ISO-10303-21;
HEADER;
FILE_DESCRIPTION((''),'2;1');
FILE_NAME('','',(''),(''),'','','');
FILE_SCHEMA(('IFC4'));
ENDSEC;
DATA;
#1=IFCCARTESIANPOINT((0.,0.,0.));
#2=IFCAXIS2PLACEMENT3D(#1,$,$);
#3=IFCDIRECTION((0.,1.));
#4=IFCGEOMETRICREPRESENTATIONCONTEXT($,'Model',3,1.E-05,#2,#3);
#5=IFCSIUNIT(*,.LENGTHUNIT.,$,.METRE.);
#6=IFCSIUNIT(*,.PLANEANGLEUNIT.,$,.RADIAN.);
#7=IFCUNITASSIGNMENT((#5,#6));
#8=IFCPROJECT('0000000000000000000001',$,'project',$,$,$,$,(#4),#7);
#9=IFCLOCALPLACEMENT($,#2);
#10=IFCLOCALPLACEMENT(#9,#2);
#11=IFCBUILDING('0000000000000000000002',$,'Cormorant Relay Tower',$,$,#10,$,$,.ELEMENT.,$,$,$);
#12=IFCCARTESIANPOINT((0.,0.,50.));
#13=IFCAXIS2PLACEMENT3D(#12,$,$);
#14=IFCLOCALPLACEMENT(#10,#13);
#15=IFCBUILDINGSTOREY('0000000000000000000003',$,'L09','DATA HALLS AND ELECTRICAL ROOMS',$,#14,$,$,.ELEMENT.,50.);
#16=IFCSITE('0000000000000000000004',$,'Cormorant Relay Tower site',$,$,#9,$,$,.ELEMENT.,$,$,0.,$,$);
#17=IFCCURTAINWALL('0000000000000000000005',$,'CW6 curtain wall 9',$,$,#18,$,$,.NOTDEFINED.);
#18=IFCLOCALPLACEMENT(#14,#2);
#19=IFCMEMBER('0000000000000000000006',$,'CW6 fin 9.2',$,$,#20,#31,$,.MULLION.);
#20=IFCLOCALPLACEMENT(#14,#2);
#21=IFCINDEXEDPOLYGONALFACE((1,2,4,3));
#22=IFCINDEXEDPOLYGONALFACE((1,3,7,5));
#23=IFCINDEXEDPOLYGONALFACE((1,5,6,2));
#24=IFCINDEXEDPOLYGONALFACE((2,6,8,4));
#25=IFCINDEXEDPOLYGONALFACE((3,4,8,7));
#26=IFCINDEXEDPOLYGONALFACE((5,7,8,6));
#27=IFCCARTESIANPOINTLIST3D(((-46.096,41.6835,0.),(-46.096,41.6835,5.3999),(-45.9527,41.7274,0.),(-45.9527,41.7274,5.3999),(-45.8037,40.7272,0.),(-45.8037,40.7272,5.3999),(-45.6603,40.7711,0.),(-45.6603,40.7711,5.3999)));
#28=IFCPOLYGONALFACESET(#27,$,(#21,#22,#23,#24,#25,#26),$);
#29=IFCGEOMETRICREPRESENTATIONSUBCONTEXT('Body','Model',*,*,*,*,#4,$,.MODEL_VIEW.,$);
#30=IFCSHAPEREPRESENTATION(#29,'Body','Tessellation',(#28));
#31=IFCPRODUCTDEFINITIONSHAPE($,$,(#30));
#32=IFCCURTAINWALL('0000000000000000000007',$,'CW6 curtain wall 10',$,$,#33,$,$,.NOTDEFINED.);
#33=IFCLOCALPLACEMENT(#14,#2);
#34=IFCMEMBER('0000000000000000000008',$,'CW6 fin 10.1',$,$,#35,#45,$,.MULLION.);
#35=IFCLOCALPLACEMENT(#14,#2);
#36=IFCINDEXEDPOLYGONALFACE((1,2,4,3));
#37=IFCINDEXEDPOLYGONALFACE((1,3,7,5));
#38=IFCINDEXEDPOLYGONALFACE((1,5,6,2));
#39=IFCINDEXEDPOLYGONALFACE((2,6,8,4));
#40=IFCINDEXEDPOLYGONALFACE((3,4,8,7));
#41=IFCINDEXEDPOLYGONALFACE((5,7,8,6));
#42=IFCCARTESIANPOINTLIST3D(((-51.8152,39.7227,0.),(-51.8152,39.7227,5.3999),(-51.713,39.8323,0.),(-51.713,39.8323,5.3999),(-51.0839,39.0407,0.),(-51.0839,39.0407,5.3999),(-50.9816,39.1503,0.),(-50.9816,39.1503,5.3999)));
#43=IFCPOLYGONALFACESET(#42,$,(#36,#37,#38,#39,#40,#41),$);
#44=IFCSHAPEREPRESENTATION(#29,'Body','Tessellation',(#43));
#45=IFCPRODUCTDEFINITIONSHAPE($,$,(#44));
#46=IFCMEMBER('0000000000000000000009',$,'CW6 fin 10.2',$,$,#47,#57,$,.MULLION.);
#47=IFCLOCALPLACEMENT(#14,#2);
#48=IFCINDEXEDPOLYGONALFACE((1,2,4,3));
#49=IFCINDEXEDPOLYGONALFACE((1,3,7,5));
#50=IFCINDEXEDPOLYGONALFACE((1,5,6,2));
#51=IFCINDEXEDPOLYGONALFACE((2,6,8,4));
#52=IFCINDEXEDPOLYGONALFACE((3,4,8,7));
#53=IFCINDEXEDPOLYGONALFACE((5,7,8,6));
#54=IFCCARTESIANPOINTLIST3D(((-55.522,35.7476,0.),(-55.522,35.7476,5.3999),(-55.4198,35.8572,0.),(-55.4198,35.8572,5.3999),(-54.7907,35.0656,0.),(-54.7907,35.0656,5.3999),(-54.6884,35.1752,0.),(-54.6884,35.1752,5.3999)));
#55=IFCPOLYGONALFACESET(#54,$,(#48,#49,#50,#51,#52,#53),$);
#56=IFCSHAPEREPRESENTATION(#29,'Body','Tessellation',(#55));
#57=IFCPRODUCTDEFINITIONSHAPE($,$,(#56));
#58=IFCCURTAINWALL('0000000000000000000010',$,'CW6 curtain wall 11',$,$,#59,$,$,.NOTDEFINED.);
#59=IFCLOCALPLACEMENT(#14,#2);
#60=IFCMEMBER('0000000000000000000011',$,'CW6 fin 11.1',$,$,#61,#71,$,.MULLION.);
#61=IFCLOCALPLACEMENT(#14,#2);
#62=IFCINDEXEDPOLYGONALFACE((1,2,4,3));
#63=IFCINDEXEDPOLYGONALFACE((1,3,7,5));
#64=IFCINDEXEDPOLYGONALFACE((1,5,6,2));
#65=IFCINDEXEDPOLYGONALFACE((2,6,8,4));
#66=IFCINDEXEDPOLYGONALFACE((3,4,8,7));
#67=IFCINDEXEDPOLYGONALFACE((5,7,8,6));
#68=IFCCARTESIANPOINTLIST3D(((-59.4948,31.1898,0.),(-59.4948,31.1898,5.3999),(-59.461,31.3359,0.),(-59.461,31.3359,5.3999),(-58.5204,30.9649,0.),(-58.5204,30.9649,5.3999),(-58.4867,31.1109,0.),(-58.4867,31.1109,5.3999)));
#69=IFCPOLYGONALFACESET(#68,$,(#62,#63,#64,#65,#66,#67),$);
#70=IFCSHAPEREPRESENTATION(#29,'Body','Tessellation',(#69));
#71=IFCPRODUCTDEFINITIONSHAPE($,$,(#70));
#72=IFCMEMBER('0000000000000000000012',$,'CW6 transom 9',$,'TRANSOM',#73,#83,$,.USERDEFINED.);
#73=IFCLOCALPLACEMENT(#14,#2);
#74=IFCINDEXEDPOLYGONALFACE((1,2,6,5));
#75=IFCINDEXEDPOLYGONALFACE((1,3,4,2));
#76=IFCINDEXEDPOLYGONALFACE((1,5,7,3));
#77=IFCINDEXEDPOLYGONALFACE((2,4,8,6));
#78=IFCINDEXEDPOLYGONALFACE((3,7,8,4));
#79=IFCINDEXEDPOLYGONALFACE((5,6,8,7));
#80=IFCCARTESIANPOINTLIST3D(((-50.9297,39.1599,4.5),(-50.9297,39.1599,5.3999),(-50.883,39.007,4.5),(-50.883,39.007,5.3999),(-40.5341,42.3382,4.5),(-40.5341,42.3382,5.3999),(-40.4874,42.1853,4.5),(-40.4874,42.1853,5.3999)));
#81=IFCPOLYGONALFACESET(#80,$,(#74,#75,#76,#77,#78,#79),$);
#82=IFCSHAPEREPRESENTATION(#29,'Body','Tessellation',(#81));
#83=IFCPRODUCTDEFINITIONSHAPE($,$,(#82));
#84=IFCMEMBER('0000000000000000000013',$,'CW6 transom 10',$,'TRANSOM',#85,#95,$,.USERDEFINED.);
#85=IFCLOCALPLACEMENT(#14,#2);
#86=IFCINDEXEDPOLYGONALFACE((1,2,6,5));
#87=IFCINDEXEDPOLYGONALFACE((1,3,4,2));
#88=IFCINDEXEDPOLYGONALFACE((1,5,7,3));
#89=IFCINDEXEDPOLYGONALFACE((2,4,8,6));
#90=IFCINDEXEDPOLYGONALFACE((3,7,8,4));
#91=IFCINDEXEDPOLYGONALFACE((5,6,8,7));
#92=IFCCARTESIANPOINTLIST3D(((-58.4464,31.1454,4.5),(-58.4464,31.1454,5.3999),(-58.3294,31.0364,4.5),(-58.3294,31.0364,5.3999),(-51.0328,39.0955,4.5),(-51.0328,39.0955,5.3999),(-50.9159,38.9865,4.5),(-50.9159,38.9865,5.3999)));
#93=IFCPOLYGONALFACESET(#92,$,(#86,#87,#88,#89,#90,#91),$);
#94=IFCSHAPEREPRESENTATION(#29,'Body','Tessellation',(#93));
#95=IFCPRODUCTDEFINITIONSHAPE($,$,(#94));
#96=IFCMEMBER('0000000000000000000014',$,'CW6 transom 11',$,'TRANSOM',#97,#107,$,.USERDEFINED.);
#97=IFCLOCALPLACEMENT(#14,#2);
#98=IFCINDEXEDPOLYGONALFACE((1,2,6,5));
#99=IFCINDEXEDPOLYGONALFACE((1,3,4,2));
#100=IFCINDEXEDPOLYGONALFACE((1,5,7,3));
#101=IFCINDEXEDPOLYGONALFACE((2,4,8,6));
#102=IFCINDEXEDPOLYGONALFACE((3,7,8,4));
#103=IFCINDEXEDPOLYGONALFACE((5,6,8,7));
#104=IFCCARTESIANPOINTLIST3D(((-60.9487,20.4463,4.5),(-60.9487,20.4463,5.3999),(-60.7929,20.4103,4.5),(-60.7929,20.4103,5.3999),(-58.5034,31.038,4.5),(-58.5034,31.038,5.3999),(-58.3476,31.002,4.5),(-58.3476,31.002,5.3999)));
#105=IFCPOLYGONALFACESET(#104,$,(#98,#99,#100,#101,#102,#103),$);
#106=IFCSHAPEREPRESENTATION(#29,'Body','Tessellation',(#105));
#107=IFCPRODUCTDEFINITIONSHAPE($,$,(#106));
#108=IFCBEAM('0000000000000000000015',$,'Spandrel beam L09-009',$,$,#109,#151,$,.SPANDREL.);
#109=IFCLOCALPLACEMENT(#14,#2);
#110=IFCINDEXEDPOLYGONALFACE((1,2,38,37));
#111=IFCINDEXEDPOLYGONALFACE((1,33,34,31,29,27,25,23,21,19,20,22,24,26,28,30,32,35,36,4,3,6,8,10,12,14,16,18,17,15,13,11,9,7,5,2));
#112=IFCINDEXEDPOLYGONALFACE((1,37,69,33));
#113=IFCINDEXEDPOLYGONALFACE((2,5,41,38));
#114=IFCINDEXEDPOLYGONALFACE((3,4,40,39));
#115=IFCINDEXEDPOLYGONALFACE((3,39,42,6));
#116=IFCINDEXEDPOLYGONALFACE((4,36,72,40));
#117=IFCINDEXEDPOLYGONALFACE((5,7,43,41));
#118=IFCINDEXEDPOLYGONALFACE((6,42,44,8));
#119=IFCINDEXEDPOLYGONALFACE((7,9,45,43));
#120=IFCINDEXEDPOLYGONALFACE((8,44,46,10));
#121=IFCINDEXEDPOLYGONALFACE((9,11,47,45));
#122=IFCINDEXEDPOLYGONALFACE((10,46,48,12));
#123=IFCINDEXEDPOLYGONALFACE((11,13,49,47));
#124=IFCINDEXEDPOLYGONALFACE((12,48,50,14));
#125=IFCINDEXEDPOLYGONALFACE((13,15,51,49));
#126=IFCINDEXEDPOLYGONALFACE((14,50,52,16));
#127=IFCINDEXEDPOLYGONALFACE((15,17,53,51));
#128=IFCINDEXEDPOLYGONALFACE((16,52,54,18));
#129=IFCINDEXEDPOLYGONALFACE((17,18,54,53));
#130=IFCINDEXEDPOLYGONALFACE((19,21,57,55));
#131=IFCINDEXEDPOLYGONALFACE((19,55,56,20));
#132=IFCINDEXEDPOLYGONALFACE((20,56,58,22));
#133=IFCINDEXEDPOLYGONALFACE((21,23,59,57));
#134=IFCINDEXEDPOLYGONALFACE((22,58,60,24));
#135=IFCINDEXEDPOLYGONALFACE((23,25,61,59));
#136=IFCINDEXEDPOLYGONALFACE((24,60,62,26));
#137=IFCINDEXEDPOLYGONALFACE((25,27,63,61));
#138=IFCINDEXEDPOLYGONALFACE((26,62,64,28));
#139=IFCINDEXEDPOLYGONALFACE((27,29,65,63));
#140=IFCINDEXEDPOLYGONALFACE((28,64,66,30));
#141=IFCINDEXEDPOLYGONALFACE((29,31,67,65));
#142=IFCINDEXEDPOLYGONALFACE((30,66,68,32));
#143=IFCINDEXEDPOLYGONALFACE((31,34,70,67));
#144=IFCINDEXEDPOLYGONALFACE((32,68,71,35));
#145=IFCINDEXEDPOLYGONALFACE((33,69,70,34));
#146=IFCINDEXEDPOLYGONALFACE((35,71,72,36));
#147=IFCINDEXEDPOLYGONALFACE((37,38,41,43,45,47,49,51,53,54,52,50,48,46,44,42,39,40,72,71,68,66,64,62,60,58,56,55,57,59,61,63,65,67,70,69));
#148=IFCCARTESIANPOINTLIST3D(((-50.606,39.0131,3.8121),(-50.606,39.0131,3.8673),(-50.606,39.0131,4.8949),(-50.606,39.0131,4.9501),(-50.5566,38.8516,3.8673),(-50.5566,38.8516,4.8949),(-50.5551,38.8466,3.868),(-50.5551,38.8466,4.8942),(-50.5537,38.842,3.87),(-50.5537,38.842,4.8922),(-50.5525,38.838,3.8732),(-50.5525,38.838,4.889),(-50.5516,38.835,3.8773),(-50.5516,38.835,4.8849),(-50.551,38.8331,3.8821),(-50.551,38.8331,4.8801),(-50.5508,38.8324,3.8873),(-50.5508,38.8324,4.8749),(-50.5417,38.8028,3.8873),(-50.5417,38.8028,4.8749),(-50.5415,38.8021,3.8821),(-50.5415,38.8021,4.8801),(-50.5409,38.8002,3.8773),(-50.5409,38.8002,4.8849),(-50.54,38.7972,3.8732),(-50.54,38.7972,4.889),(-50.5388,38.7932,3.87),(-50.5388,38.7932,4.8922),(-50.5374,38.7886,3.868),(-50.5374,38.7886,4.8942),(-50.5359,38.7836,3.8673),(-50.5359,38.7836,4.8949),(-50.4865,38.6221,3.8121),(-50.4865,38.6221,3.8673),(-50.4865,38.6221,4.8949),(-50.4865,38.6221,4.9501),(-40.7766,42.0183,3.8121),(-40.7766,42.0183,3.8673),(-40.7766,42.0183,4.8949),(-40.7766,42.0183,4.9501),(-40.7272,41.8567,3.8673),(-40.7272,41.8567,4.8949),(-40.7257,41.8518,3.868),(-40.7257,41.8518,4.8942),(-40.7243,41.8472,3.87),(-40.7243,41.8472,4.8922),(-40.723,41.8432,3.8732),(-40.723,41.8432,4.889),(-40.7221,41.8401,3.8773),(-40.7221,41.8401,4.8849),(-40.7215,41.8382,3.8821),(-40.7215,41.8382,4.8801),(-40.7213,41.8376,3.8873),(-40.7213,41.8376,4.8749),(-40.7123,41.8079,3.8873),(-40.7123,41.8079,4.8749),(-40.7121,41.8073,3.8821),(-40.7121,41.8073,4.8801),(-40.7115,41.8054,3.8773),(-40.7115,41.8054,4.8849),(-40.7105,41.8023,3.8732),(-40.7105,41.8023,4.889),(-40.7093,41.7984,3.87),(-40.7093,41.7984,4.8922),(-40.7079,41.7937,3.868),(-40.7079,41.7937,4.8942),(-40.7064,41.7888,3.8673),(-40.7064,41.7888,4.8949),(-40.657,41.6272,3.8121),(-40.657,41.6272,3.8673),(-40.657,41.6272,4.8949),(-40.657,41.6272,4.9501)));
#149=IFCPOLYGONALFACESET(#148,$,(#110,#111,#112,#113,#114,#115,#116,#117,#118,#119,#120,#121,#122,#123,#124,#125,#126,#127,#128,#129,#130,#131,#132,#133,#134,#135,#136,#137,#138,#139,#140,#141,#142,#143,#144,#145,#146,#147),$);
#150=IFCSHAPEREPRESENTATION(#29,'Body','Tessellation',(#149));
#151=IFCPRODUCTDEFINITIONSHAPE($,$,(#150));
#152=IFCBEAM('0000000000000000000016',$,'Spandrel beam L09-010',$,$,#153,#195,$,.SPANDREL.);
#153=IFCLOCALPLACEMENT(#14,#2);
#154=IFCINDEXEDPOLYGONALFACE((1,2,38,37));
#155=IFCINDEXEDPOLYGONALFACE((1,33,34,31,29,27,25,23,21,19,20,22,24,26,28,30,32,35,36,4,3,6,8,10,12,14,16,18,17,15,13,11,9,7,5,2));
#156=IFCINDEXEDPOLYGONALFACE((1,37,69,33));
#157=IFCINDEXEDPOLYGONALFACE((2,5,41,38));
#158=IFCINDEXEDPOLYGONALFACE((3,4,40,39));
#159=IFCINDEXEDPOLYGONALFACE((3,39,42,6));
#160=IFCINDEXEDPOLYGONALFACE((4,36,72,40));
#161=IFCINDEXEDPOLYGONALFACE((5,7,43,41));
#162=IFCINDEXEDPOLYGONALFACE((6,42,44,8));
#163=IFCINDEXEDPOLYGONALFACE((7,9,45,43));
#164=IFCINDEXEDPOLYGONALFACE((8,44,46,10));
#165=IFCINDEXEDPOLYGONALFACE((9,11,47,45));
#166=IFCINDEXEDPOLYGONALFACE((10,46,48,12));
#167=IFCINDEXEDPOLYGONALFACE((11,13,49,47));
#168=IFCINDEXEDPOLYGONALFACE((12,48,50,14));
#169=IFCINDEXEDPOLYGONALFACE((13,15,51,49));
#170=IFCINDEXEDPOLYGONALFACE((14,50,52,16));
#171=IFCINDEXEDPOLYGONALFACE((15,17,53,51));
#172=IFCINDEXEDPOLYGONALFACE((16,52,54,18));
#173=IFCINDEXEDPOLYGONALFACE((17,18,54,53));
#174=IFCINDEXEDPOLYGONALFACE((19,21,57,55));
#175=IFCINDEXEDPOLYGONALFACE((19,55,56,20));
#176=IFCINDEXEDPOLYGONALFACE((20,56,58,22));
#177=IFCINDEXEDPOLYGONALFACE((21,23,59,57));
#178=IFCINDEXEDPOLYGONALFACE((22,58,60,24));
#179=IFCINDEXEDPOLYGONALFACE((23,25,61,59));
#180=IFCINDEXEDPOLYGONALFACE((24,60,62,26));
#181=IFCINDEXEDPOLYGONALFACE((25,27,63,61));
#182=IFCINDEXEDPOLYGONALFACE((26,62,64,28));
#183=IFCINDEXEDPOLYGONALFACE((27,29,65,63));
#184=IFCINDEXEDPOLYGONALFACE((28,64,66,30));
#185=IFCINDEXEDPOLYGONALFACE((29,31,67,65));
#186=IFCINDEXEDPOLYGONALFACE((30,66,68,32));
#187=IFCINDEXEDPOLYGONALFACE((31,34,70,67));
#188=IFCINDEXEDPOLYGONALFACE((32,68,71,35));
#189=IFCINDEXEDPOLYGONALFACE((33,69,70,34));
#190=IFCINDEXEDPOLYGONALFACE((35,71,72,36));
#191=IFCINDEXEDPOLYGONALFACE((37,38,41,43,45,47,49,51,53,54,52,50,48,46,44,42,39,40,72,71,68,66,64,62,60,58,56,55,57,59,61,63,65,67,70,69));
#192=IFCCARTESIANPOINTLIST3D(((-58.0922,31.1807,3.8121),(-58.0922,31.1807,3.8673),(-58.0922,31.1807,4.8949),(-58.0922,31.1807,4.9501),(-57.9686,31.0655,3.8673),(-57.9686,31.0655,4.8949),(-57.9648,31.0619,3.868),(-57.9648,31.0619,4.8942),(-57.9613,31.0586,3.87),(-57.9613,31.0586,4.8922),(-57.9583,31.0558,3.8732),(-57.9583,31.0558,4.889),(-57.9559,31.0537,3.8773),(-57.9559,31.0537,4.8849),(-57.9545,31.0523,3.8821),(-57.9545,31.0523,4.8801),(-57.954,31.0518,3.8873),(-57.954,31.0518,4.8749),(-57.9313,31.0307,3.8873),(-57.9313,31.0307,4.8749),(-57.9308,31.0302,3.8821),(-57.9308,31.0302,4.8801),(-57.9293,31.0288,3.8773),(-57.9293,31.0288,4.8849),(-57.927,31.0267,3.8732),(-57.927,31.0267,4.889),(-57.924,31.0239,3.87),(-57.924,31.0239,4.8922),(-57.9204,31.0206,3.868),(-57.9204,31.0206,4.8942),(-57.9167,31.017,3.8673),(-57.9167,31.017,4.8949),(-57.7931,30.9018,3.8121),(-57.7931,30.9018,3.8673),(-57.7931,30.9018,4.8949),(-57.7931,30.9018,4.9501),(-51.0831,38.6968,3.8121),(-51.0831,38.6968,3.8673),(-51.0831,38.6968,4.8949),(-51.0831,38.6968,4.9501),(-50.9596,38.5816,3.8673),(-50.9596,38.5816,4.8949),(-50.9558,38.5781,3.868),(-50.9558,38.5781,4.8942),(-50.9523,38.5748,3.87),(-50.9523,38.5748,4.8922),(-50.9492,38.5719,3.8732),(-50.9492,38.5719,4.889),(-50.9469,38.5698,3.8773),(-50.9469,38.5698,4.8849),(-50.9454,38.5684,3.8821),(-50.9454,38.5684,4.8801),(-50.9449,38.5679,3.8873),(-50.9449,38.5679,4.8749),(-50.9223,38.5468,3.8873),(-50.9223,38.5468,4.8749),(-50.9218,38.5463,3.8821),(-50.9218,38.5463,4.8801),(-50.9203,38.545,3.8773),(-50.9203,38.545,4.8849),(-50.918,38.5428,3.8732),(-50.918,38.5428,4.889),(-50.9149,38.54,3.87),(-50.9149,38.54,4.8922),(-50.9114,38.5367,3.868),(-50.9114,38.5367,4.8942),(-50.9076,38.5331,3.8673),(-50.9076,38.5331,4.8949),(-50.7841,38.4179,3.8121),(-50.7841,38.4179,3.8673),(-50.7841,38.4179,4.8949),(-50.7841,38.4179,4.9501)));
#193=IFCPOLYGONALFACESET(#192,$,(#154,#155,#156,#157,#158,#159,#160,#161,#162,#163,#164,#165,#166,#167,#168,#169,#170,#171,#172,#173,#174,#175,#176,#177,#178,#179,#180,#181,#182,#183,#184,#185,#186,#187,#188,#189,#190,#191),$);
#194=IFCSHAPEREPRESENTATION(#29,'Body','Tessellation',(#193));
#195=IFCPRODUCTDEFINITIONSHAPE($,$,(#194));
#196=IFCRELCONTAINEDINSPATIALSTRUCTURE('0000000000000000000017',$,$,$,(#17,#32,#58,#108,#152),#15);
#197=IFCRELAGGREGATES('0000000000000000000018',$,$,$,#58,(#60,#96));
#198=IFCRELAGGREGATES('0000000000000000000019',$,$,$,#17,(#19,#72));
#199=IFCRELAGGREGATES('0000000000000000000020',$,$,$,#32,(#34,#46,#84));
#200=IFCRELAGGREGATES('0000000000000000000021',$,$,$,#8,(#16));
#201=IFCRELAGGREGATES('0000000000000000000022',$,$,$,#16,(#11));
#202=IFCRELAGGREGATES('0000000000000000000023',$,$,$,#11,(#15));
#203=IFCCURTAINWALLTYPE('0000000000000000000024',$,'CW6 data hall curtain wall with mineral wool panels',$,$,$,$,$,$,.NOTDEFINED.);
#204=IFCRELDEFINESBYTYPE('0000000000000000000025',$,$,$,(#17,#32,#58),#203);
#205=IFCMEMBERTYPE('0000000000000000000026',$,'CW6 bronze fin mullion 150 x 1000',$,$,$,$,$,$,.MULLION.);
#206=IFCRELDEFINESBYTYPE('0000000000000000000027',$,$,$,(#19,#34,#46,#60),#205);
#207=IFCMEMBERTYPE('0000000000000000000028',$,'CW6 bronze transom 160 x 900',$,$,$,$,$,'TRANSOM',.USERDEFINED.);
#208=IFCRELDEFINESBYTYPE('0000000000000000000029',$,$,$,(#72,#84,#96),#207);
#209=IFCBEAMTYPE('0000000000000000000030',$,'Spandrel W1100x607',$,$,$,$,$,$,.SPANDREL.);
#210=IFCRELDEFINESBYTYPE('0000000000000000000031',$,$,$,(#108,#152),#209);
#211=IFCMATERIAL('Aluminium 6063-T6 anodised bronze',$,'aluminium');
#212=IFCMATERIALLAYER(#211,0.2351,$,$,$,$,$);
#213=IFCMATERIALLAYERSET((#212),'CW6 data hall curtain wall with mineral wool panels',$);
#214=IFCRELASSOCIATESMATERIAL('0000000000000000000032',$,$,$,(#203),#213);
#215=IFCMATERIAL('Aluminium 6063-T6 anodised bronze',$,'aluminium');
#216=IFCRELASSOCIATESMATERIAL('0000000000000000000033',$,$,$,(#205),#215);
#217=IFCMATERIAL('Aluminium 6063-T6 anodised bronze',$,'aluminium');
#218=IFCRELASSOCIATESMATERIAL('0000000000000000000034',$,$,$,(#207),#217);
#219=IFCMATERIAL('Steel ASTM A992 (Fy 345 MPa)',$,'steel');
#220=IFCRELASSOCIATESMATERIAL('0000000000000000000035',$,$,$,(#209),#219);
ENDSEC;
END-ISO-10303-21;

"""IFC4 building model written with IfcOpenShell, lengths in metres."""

from ifc_helpers import new_model, si_unit, direction, frame, origin, origin_2d, place, context, subcontext, project, spatial, rectangle, i_section, extrude, material, layer, layer_set, material_profile, profile_set, type_object, element, aggregate, save


model = new_model("IFC4")

# Units and contexts
model_context = context("Model", 3, precision=1e-05, world=origin(), true_north=direction((0.0, 1.0)))
body_context = subcontext(model_context, "Body", "Model", "MODEL_VIEW")
ifc_project = project(units=[si_unit("LENGTHUNIT", "METRE"), si_unit("PLANEANGLEUNIT", "RADIAN")], contexts=[model_context])

# Site, building, storey
site_placement = place(None, origin())
site = spatial("IfcSite", under=ifc_project, at=site_placement, Name="Cormorant Relay Tower site", CompositionType="ELEMENT", RefElevation=0.0)
building_placement = place(site_placement, origin())
building = spatial("IfcBuilding", under=site, at=building_placement, Name="Cormorant Relay Tower", CompositionType="ELEMENT")
storey_placement = place(building_placement, frame((0.0, 0.0, 50.0)))
storey = spatial("IfcBuildingStorey", under=building, at=storey_placement, Name="L09", Description="DATA HALLS AND ELECTRICAL ROOMS", CompositionType="ELEMENT", Elevation=50.0)

# Curtain walls, members
ifc_material_1 = material(Name="Aluminium 6063-T6 anodised bronze", Category="aluminium")
ifc_layer_1 = layer(ifc_material_1, 0.2351)
ifc_layer_set_1 = layer_set([ifc_layer_1], Name="CW6 data hall curtain wall with mineral wool panels")
curtain_wall_type = type_object("IfcCurtainWallType", Name="CW6 data hall curtain wall with mineral wool panels", PredefinedType="NOTDEFINED", material=ifc_layer_set_1)
curtain_wall_1_placement = place(storey_placement, origin())
curtain_wall_1 = element("IfcCurtainWall", 1, at=curtain_wall_1_placement, inside=storey, type_object=curtain_wall_type, Name="CW6 curtain wall 9", PredefinedType="NOTDEFINED")
ifc_material_2 = material(Name="Aluminium 6063-T6 anodised bronze", Category="aluminium")
ifc_material_profile_1 = material_profile(ifc_material_2, rectangle(XDim=0.1499, YDim=1.0, at=origin_2d()), Name="AL 150x1000")
ifc_profile_set_1 = profile_set([ifc_material_profile_1], Name="Aluminium 6063-T6 anodised bronze")
member_type_1 = type_object("IfcMemberType", Name="CW6 bronze fin mullion 150 x 1000", PredefinedType="MULLION", material=ifc_profile_set_1)
member_1_placement = place(storey_placement, frame((-45.8782, 41.2273, 0.0), z_axis=(0.0, 0.0, 1.0), x_axis=(-0.956305, -0.292372, 0.0)))
member_1 = element("IfcMember", 2, at=member_1_placement, type_object=member_type_1, Name="CW6 fin 9.2", PredefinedType="MULLION", context=body_context, shape_type="SweptSolid", body=[
    extrude(rectangle(XDim=0.1499, YDim=1.0, at=origin_2d()), origin(), (0.0, 0.0, 1.0), 5.3999),
])
curtain_wall_2_placement = place(storey_placement, origin())
curtain_wall_2 = element("IfcCurtainWall", 3, at=curtain_wall_2_placement, inside=storey, type_object=curtain_wall_type, Name="CW6 curtain wall 10", PredefinedType="NOTDEFINED")
member_2_placement = place(storey_placement, frame((-51.3984, 39.4365, 0.0), z_axis=(0.0, 0.0, 1.0), x_axis=(-0.681998, -0.731354, 0.0)))
member_2 = element("IfcMember", 4, at=member_2_placement, type_object=member_type_1, Name="CW6 fin 10.1", PredefinedType="MULLION", context=body_context, shape_type="SweptSolid", body=[
    extrude(rectangle(XDim=0.1499, YDim=1.0, at=origin_2d()), origin(), (0.0, 0.0, 1.0), 5.3999),
])
member_3_placement = place(storey_placement, frame((-55.1052, 35.4614, 0.0), z_axis=(0.0, 0.0, 1.0), x_axis=(-0.681998, -0.731354, 0.0)))
member_3 = element("IfcMember", 5, at=member_3_placement, type_object=member_type_1, Name="CW6 fin 10.2", PredefinedType="MULLION", context=body_context, shape_type="SweptSolid", body=[
    extrude(rectangle(XDim=0.1499, YDim=1.0, at=origin_2d()), origin(), (0.0, 0.0, 1.0), 5.3999),
])

# Curtain wall, member
curtain_wall_3_placement = place(storey_placement, origin())
curtain_wall_3 = element("IfcCurtainWall", 6, at=curtain_wall_3_placement, inside=storey, type_object=curtain_wall_type, Name="CW6 curtain wall 11", PredefinedType="NOTDEFINED")
member_4_placement = place(storey_placement, frame((-58.9907, 31.1504, 0.0), z_axis=(0.0, 0.0, 1.0), x_axis=(-0.224951, -0.97437, 0.0)))
member_4 = element("IfcMember", 7, at=member_4_placement, type_object=member_type_1, Name="CW6 fin 11.1", PredefinedType="MULLION", context=body_context, shape_type="SweptSolid", body=[
    extrude(rectangle(XDim=0.1499, YDim=1.0, at=origin_2d()), origin(), (0.0, 0.0, 1.0), 5.3999),
])

# Members
ifc_material_3 = material(Name="Aluminium 6063-T6 anodised bronze", Category="aluminium")
ifc_material_profile_2 = material_profile(ifc_material_3, rectangle(XDim=0.1599, YDim=0.8999, at=origin_2d()), Name="AL 160x900")
ifc_profile_set_2 = profile_set([ifc_material_profile_2], Name="Aluminium 6063-T6 anodised bronze")
member_type_2 = type_object("IfcMemberType", Name="CW6 bronze transom 160 x 900", ElementType="TRANSOM", PredefinedType="USERDEFINED", material=ifc_profile_set_2)
member_5_placement = place(storey_placement, frame((-40.5107, 42.2617, 4.95), z_axis=(-0.956305, -0.292371, 0.0), x_axis=(0.292371, -0.956305, 0.0)))
member_5 = element("IfcMember", 8, at=member_5_placement, type_object=member_type_2, Name="CW6 transom 9", ObjectType="TRANSOM", PredefinedType="USERDEFINED", context=body_context, shape_type="SweptSolid", body=[
    extrude(rectangle(XDim=0.1599, YDim=0.8999, at=origin_2d()), origin(), (0.0, 0.0, 1.0), 10.8706),
])
member_6_placement = place(storey_placement, frame((-50.9744, 39.041, 4.95), z_axis=(-0.681993, -0.731358, 0.0), x_axis=(0.731358, -0.681993, 0.0)))
member_6 = element("IfcMember", 9, at=member_6_placement, type_object=member_type_2, Name="CW6 transom 10", ObjectType="TRANSOM", PredefinedType="USERDEFINED", context=body_context, shape_type="SweptSolid", body=[
    extrude(rectangle(XDim=0.1599, YDim=0.8999, at=origin_2d()), origin(), (0.0, 0.0, 1.0), 10.8704),
])
member_7_placement = place(storey_placement, frame((-58.4255, 31.02, 4.95), z_axis=(-0.224951, -0.97437, 0.0), x_axis=(0.97437, -0.224951, 0.0)))
member_7 = element("IfcMember", 10, at=member_7_placement, type_object=member_type_2, Name="CW6 transom 11", ObjectType="TRANSOM", PredefinedType="USERDEFINED", context=body_context, shape_type="SweptSolid", body=[
    extrude(rectangle(XDim=0.1599, YDim=0.8999, at=origin_2d()), origin(), (0.0, 0.0, 1.0), 10.8704),
])
aggregate(curtain_wall_3, [member_4, member_7])

# Beams
ifc_material_4 = material(Name="Steel ASTM A992 (Fy 345 MPa)", Category="steel")
ifc_material_profile_3 = material_profile(ifc_material_4, i_section(OverallWidth=0.4089, OverallDepth=1.1379, WebThickness=0.031, FlangeThickness=0.0552, FilletRadius=0.02, at=origin_2d()), Name="W1100x607")
ifc_profile_set_3 = profile_set([ifc_material_profile_3], Name="Steel ASTM A992 (Fy 345 MPa)")
beam_type = type_object("IfcBeamType", Name="Spandrel W1100x607", PredefinedType="SPANDREL", material=ifc_profile_set_3)
beam_1_placement = place(storey_placement, frame((-40.7168, 41.8228, 4.3811), z_axis=(-0.956305, -0.292371, 0.0), x_axis=(0.292371, -0.956305, 0.0)))
element("IfcBeam", 11, at=beam_1_placement, inside=storey, type_object=beam_type, Name="Spandrel beam L09-009", PredefinedType="SPANDREL", context=body_context, shape_type="SweptSolid", body=[
    extrude(i_section(OverallWidth=0.4089, OverallDepth=1.1379, WebThickness=0.031, FlangeThickness=0.0552, FilletRadius=0.02, at=origin_2d()), origin(), (0.0, 0.0, 1.0), 10.2786),
])
beam_2_placement = place(storey_placement, frame((-50.9336, 38.5574, 4.3811), z_axis=(-0.682006, -0.731347, 0.0), x_axis=(0.731347, -0.682006, 0.0)))
element("IfcBeam", 12, at=beam_2_placement, inside=storey, type_object=beam_type, Name="Spandrel beam L09-010", PredefinedType="SPANDREL", context=body_context, shape_type="SweptSolid", body=[
    extrude(i_section(OverallWidth=0.4089, OverallDepth=1.1379, WebThickness=0.031, FlangeThickness=0.0552, FilletRadius=0.02, at=origin_2d()), origin(), (0.0, 0.0, 1.0), 10.2771),
])

aggregate(curtain_wall_1, [member_1, member_5])
aggregate(curtain_wall_2, [member_2, member_3, member_6])

save(model, "model.ifc")
